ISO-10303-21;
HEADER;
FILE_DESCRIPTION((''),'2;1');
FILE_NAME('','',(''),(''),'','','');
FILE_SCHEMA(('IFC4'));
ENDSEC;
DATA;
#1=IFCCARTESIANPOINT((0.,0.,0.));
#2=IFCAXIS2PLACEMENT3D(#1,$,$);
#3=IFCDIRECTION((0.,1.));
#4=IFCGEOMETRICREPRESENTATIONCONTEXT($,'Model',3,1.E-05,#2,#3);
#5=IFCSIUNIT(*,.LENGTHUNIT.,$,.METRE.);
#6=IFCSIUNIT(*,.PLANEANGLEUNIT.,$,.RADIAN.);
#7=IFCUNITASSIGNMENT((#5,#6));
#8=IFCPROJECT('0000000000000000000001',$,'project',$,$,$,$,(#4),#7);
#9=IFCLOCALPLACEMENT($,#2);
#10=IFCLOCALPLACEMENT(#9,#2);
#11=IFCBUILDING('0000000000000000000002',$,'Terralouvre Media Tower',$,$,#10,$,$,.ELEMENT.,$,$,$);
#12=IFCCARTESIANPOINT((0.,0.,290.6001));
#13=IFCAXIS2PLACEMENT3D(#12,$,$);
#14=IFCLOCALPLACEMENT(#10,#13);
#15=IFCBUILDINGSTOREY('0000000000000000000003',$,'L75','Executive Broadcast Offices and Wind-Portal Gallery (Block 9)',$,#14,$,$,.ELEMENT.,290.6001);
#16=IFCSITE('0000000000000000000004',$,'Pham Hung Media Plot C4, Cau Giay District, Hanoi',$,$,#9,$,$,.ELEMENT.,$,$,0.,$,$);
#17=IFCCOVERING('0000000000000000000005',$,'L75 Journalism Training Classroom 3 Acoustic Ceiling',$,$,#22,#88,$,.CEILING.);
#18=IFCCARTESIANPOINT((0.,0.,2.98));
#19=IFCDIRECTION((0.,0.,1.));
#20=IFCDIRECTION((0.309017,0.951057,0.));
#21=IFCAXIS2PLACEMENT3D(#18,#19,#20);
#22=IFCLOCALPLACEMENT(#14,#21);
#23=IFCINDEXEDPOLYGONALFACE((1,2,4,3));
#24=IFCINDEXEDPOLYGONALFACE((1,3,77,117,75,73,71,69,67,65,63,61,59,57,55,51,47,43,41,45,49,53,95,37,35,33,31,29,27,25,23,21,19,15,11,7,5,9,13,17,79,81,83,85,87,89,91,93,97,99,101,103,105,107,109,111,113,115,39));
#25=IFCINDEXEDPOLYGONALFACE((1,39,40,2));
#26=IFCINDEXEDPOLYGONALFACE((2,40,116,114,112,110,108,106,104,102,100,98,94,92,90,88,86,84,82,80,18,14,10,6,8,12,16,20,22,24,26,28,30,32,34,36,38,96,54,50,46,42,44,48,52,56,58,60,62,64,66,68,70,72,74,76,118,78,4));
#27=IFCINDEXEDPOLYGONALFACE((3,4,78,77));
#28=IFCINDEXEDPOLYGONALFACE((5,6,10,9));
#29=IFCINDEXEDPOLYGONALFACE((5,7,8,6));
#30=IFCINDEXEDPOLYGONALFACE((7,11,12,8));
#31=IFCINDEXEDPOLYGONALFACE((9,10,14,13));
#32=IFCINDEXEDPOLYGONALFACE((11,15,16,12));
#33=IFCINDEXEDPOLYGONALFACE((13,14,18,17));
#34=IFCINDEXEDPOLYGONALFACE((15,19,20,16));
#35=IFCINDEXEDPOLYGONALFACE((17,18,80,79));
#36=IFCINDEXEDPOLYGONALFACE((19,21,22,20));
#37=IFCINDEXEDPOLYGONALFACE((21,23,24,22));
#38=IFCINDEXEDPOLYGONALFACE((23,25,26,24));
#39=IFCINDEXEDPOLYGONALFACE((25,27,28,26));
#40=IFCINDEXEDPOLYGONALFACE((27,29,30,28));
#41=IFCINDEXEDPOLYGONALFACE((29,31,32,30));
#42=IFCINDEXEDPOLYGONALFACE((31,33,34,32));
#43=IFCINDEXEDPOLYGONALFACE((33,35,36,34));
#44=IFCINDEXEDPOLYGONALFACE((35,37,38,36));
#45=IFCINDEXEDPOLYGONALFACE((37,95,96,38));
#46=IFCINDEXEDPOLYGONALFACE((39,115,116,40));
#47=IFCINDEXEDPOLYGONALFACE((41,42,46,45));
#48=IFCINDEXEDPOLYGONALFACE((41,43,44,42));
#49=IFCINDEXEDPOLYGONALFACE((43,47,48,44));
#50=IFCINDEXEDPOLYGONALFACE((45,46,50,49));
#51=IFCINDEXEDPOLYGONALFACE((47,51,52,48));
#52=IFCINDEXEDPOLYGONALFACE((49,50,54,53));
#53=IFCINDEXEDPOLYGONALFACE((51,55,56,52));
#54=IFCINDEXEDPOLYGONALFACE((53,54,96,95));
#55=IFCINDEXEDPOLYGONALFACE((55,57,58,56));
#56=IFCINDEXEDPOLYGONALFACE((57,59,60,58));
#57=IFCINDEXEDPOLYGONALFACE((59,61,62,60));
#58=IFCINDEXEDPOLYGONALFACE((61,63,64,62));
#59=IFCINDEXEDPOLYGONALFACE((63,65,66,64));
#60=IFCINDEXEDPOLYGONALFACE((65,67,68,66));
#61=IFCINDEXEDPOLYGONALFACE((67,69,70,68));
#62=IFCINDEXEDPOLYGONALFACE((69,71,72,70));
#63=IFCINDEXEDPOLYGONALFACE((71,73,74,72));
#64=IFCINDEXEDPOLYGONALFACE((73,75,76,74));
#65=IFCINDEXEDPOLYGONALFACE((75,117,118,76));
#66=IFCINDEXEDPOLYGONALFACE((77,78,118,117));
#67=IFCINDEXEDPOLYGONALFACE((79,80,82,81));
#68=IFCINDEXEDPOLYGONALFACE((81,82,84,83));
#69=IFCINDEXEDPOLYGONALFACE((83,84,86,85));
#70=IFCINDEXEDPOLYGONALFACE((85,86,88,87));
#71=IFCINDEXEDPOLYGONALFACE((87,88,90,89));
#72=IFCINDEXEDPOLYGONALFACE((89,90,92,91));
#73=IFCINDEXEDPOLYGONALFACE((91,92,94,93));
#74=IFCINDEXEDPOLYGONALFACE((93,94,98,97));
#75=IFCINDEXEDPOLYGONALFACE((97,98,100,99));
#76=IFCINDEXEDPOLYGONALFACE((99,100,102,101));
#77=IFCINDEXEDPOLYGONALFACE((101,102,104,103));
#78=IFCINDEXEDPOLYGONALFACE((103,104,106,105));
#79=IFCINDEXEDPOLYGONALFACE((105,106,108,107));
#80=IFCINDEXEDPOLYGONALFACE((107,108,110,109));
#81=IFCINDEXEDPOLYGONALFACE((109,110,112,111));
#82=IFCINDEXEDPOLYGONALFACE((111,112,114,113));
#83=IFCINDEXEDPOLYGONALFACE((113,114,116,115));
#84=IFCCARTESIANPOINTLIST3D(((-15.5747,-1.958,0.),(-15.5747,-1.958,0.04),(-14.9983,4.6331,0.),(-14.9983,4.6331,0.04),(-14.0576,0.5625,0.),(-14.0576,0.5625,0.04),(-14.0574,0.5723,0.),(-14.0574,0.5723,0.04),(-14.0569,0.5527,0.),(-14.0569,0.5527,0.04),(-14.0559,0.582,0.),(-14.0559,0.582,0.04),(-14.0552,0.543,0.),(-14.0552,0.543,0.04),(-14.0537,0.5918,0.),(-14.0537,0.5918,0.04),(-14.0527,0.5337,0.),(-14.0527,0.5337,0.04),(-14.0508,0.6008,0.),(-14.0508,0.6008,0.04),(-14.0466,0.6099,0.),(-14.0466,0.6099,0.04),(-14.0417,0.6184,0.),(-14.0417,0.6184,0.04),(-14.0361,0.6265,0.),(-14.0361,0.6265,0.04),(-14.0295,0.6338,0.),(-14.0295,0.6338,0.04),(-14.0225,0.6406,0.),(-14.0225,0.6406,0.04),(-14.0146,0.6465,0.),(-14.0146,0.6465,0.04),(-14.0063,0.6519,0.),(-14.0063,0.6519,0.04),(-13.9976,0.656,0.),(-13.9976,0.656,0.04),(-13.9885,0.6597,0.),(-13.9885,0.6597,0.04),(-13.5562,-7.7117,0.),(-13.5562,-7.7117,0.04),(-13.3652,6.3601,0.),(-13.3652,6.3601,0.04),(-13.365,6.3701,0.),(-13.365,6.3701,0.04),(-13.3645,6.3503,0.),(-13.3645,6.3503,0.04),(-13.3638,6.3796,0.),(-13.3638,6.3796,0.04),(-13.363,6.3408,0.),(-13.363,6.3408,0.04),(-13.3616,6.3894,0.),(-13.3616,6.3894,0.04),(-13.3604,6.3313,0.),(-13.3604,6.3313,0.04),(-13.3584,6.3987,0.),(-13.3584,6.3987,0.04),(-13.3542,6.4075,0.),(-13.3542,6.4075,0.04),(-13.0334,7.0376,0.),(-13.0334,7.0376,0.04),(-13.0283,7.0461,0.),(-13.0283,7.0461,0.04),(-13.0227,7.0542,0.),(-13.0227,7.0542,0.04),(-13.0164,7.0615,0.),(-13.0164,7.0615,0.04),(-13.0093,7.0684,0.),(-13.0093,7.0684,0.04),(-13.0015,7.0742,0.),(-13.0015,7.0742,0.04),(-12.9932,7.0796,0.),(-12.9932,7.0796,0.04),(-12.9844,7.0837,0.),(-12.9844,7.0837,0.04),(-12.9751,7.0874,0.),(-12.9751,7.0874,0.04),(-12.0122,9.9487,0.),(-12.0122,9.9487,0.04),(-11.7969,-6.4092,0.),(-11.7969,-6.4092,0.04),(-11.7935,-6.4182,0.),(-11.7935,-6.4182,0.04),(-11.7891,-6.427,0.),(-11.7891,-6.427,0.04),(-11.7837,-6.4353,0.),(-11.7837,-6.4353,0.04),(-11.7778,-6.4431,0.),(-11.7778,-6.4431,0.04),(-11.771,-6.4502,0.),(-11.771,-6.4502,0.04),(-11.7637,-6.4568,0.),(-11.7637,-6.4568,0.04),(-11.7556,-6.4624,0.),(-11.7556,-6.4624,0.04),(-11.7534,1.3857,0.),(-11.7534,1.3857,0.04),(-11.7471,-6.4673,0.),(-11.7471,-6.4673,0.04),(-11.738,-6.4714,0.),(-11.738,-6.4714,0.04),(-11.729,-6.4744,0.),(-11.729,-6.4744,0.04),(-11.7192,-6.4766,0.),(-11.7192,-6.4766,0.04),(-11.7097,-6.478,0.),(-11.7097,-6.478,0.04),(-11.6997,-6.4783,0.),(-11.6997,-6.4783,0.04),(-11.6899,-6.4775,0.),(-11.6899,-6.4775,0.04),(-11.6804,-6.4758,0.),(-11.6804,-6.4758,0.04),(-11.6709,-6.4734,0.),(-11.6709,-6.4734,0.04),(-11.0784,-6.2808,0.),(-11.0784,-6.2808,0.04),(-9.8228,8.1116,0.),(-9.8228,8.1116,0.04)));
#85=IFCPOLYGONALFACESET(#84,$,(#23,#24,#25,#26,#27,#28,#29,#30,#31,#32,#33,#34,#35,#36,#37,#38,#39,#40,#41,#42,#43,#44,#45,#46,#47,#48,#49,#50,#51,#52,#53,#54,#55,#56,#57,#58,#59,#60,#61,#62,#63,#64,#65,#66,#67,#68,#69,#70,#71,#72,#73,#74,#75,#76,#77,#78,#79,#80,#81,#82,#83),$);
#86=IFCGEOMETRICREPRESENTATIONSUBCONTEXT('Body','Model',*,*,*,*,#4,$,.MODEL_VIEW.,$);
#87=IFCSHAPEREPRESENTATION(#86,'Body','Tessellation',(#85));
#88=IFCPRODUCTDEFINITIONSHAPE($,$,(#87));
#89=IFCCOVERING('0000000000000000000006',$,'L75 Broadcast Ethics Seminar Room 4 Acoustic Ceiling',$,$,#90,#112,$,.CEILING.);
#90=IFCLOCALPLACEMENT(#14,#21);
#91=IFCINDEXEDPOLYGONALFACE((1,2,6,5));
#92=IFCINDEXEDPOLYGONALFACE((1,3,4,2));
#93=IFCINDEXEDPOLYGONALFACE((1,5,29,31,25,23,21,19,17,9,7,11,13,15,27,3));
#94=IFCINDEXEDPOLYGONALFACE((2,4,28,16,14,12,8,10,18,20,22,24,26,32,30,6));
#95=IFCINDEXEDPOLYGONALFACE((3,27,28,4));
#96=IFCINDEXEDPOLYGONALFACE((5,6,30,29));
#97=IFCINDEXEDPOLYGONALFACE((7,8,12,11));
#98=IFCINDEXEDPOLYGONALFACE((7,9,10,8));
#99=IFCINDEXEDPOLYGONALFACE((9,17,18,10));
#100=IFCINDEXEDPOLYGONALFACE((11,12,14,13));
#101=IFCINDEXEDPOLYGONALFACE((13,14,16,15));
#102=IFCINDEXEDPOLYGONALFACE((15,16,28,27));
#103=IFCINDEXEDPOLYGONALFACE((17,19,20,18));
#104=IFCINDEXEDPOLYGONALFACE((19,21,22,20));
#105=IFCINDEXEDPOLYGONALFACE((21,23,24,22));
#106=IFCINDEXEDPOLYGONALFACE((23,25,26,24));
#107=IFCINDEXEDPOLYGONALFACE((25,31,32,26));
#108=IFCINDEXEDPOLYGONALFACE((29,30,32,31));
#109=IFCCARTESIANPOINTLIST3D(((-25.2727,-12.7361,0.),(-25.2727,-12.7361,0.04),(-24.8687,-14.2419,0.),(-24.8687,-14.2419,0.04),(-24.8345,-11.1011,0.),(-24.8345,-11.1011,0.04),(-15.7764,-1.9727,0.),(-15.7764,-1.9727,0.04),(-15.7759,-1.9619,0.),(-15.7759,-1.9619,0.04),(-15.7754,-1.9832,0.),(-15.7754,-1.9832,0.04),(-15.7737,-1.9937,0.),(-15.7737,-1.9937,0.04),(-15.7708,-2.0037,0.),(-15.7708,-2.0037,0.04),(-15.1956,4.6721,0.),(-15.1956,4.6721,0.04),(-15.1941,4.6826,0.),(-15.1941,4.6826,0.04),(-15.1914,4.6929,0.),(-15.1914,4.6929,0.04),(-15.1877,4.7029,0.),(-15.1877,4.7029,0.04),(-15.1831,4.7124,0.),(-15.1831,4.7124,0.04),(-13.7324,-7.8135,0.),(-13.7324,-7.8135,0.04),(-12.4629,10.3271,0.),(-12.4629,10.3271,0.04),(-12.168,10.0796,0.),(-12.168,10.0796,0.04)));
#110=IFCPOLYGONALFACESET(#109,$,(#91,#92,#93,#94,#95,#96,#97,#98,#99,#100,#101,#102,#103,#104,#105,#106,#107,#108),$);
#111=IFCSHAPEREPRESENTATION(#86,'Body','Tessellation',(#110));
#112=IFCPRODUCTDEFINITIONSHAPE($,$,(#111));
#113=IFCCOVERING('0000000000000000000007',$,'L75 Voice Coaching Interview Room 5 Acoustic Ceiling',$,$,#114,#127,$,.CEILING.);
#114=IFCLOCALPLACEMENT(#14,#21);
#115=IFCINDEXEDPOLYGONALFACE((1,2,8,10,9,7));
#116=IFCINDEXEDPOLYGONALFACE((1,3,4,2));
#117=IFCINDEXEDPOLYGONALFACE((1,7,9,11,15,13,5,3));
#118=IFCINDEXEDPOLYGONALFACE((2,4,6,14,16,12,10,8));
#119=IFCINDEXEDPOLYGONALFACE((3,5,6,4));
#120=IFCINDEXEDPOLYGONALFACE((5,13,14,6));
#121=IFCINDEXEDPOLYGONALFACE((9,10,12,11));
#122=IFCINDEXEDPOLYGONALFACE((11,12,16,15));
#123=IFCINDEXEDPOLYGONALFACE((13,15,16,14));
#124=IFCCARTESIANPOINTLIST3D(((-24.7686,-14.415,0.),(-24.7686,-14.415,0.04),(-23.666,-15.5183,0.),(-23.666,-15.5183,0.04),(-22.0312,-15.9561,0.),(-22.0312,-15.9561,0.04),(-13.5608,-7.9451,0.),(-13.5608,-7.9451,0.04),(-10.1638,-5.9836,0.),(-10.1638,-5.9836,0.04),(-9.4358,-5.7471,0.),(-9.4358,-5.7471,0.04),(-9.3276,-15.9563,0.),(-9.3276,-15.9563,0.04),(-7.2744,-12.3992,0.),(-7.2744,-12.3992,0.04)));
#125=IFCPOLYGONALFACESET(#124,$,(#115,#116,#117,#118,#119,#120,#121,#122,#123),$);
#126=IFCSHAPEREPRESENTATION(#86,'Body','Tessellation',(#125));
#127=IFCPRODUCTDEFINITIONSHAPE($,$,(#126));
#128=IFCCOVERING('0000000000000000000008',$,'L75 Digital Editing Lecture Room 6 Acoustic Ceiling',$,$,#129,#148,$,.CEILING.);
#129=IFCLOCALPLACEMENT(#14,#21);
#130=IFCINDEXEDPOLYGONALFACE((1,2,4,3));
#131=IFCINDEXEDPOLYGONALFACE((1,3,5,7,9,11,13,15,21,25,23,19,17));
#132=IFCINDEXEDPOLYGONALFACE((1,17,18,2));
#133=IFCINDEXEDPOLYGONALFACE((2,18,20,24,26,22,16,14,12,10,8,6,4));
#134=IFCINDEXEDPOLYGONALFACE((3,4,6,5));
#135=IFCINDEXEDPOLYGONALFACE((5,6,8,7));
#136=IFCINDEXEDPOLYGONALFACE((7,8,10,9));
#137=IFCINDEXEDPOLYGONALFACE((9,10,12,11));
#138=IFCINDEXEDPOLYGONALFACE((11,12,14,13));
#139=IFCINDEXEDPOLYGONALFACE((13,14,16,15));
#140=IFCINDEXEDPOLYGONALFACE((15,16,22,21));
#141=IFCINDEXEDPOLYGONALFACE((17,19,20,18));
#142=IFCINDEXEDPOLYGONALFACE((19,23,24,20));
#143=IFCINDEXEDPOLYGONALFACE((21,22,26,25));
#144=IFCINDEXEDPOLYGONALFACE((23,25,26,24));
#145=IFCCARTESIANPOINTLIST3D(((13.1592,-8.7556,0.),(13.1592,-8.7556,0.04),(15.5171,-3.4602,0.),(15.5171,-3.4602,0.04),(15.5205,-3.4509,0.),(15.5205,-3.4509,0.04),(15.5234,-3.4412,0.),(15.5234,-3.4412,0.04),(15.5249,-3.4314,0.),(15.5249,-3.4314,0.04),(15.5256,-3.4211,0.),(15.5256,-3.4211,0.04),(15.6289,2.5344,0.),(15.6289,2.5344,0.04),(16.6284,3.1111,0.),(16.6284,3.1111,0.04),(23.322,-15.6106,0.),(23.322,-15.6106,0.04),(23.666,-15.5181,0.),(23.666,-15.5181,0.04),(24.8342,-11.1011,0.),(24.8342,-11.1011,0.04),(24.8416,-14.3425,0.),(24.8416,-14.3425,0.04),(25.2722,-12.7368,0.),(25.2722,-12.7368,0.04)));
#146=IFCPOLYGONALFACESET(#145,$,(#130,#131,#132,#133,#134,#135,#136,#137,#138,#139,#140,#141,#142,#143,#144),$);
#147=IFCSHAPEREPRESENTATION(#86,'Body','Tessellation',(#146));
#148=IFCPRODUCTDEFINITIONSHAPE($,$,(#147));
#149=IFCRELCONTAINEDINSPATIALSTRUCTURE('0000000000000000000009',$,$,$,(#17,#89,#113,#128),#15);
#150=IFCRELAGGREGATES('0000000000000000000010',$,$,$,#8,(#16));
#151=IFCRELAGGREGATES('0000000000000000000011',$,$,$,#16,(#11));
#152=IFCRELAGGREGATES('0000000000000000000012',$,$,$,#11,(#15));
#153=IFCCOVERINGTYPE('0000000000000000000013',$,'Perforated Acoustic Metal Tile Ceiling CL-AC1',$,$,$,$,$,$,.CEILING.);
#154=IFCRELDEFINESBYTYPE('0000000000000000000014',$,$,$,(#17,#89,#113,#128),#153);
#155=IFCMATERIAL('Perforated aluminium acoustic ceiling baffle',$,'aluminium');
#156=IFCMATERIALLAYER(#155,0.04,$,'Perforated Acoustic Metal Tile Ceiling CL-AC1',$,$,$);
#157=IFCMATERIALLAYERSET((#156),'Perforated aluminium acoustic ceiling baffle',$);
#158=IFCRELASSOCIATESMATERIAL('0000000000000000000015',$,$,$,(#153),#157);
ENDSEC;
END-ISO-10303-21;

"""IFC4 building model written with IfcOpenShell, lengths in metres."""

from ifc_helpers import new_model, si_unit, direction, frame, origin, place, context, subcontext, project, spatial, polyline, outline, extrude, material, layer, layer_set, type_object, element, save


model = new_model("IFC4")

# Units and contexts
model_context = context("Model", 3, precision=1e-05, world=origin(), true_north=direction((0.0, 1.0)))
body_context = subcontext(model_context, "Body", "Model", "MODEL_VIEW")
ifc_project = project(units=[si_unit("LENGTHUNIT", "METRE"), si_unit("PLANEANGLEUNIT", "RADIAN")], contexts=[model_context])

# Site, building, storey
site_placement = place(None, origin())
site = spatial("IfcSite", under=ifc_project, at=site_placement, Name="Pham Hung Media Plot C4, Cau Giay District, Hanoi", CompositionType="ELEMENT", RefElevation=0.0)
building_placement = place(site_placement, origin())
building = spatial("IfcBuilding", under=site, at=building_placement, Name="Terralouvre Media Tower", CompositionType="ELEMENT")
storey_placement = place(building_placement, frame((0.0, 0.0, 290.6001)))
storey = spatial("IfcBuildingStorey", under=building, at=storey_placement, Name="L75", Description="Executive Broadcast Offices and Wind-Portal Gallery (Block 9)", CompositionType="ELEMENT", Elevation=290.6001)

# Coverings
ifc_material_1 = material(Name="Perforated aluminium acoustic ceiling baffle", Category="aluminium")
ifc_layer_1 = layer(ifc_material_1, 0.04, Name="Perforated Acoustic Metal Tile Ceiling CL-AC1")
ifc_layer_set_1 = layer_set([ifc_layer_1], Name="Perforated aluminium acoustic ceiling baffle")
covering_type = type_object("IfcCoveringType", Name="Perforated Acoustic Metal Tile Ceiling CL-AC1", PredefinedType="CEILING", material=ifc_layer_set_1)
covering_1_placement = place(storey_placement, frame((0.0, 0.0, 2.98), z_axis=(0.0, 0.0, 1.0), x_axis=(0.309017, 0.951057, 0.0)))
element("IfcCovering", 1, at=covering_1_placement, inside=storey, type_object=covering_type, Name="L75 Journalism Training Classroom 3 Acoustic Ceiling", PredefinedType="CEILING", context=body_context, shape_type="SweptSolid", body=[
    extrude(outline(polyline([(-14.9983, 4.6331), (-15.5747, -1.958), (-13.5562, -7.7117), (-11.0784, -6.2808), (-11.6709, -6.4734), (-11.6804, -6.4758), (-11.6899, -6.4775), (-11.6997, -6.4783), (-11.7097, -6.478), (-11.7192, -6.4766), (-11.729, -6.4744), (-11.738, -6.4714), (-11.7471, -6.4673), (-11.7556, -6.4624), (-11.7637, -6.4568), (-11.771, -6.4502), (-11.7778, -6.4431), (-11.7837, -6.4353), (-11.7891, -6.427), (-11.7935, -6.4182), (-11.7969, -6.4092), (-14.0527, 0.5337), (-14.0552, 0.543), (-14.0569, 0.5527), (-14.0576, 0.5625), (-14.0574, 0.5723), (-14.0559, 0.582), (-14.0537, 0.5918), (-14.0508, 0.6008), (-14.0466, 0.6099), (-14.0417, 0.6184), (-14.0361, 0.6265), (-14.0295, 0.6338), (-14.0225, 0.6406), (-14.0146, 0.6465), (-14.0063, 0.6519), (-13.9976, 0.656), (-13.9885, 0.6597), (-11.7534, 1.3857), (-13.3604, 6.3313), (-13.363, 6.3408), (-13.3645, 6.3503), (-13.3652, 6.3601), (-13.365, 6.3701), (-13.3638, 6.3796), (-13.3616, 6.3894), (-13.3584, 6.3987), (-13.3542, 6.4075), (-13.0334, 7.0376), (-13.0283, 7.0461), (-13.0227, 7.0542), (-13.0164, 7.0615), (-13.0093, 7.0684), (-13.0015, 7.0742), (-12.9932, 7.0796), (-12.9844, 7.0837), (-12.9751, 7.0874), (-9.8228, 8.1116), (-12.0122, 9.9487), (-14.9983, 4.6331)])), origin(), (0.0, 0.0, 1.0), 0.04),
])
covering_2_placement = place(storey_placement, frame((0.0, 0.0, 2.98), z_axis=(0.0, 0.0, 1.0), x_axis=(0.309017, 0.951057, 0.0)))
element("IfcCovering", 2, at=covering_2_placement, inside=storey, type_object=covering_type, Name="L75 Broadcast Ethics Seminar Room 4 Acoustic Ceiling", PredefinedType="CEILING", context=body_context, shape_type="SweptSolid", body=[
    extrude(outline(polyline([(-15.7708, -2.0037), (-15.7737, -1.9937), (-15.7754, -1.9832), (-15.7764, -1.9727), (-15.7759, -1.9619), (-15.1956, 4.6721), (-15.1941, 4.6826), (-15.1914, 4.6929), (-15.1877, 4.7029), (-15.1831, 4.7124), (-12.168, 10.0796), (-12.4629, 10.3271), (-24.8345, -11.1011), (-25.2727, -12.7361), (-24.8687, -14.2419), (-13.7324, -7.8135), (-15.7708, -2.0037)])), origin(), (0.0, 0.0, 1.0), 0.04),
])
covering_3_placement = place(storey_placement, frame((0.0, 0.0, 2.98), z_axis=(0.0, 0.0, 1.0), x_axis=(0.309017, 0.951057, 0.0)))
element("IfcCovering", 3, at=covering_3_placement, inside=storey, type_object=covering_type, Name="L75 Voice Coaching Interview Room 5 Acoustic Ceiling", PredefinedType="CEILING", context=body_context, shape_type="SweptSolid", body=[
    extrude(outline(polyline([(-9.4358, -5.7471), (-10.1638, -5.9836), (-13.5608, -7.9451), (-24.7686, -14.415), (-23.666, -15.5183), (-22.0312, -15.9561), (-9.3276, -15.9563), (-7.2744, -12.3992), (-9.4358, -5.7471)])), origin(), (0.0, 0.0, 1.0), 0.04),
])
covering_4_placement = place(storey_placement, frame((0.0, 0.0, 2.98), z_axis=(0.0, 0.0, 1.0), x_axis=(0.309017, 0.951057, 0.0)))
element("IfcCovering", 4, at=covering_4_placement, inside=storey, type_object=covering_type, Name="L75 Digital Editing Lecture Room 6 Acoustic Ceiling", PredefinedType="CEILING", context=body_context, shape_type="SweptSolid", body=[
    extrude(outline(polyline([(16.6284, 3.1111), (15.6289, 2.5344), (15.5256, -3.4211), (15.5249, -3.4314), (15.5234, -3.4412), (15.5205, -3.4509), (15.5171, -3.4602), (13.1592, -8.7556), (23.322, -15.6106), (23.666, -15.5181), (24.8416, -14.3425), (25.2722, -12.7368), (24.8342, -11.1011), (16.6284, 3.1111)])), origin(), (0.0, 0.0, 1.0), 0.04),
])

save(model, "model.ifc")
